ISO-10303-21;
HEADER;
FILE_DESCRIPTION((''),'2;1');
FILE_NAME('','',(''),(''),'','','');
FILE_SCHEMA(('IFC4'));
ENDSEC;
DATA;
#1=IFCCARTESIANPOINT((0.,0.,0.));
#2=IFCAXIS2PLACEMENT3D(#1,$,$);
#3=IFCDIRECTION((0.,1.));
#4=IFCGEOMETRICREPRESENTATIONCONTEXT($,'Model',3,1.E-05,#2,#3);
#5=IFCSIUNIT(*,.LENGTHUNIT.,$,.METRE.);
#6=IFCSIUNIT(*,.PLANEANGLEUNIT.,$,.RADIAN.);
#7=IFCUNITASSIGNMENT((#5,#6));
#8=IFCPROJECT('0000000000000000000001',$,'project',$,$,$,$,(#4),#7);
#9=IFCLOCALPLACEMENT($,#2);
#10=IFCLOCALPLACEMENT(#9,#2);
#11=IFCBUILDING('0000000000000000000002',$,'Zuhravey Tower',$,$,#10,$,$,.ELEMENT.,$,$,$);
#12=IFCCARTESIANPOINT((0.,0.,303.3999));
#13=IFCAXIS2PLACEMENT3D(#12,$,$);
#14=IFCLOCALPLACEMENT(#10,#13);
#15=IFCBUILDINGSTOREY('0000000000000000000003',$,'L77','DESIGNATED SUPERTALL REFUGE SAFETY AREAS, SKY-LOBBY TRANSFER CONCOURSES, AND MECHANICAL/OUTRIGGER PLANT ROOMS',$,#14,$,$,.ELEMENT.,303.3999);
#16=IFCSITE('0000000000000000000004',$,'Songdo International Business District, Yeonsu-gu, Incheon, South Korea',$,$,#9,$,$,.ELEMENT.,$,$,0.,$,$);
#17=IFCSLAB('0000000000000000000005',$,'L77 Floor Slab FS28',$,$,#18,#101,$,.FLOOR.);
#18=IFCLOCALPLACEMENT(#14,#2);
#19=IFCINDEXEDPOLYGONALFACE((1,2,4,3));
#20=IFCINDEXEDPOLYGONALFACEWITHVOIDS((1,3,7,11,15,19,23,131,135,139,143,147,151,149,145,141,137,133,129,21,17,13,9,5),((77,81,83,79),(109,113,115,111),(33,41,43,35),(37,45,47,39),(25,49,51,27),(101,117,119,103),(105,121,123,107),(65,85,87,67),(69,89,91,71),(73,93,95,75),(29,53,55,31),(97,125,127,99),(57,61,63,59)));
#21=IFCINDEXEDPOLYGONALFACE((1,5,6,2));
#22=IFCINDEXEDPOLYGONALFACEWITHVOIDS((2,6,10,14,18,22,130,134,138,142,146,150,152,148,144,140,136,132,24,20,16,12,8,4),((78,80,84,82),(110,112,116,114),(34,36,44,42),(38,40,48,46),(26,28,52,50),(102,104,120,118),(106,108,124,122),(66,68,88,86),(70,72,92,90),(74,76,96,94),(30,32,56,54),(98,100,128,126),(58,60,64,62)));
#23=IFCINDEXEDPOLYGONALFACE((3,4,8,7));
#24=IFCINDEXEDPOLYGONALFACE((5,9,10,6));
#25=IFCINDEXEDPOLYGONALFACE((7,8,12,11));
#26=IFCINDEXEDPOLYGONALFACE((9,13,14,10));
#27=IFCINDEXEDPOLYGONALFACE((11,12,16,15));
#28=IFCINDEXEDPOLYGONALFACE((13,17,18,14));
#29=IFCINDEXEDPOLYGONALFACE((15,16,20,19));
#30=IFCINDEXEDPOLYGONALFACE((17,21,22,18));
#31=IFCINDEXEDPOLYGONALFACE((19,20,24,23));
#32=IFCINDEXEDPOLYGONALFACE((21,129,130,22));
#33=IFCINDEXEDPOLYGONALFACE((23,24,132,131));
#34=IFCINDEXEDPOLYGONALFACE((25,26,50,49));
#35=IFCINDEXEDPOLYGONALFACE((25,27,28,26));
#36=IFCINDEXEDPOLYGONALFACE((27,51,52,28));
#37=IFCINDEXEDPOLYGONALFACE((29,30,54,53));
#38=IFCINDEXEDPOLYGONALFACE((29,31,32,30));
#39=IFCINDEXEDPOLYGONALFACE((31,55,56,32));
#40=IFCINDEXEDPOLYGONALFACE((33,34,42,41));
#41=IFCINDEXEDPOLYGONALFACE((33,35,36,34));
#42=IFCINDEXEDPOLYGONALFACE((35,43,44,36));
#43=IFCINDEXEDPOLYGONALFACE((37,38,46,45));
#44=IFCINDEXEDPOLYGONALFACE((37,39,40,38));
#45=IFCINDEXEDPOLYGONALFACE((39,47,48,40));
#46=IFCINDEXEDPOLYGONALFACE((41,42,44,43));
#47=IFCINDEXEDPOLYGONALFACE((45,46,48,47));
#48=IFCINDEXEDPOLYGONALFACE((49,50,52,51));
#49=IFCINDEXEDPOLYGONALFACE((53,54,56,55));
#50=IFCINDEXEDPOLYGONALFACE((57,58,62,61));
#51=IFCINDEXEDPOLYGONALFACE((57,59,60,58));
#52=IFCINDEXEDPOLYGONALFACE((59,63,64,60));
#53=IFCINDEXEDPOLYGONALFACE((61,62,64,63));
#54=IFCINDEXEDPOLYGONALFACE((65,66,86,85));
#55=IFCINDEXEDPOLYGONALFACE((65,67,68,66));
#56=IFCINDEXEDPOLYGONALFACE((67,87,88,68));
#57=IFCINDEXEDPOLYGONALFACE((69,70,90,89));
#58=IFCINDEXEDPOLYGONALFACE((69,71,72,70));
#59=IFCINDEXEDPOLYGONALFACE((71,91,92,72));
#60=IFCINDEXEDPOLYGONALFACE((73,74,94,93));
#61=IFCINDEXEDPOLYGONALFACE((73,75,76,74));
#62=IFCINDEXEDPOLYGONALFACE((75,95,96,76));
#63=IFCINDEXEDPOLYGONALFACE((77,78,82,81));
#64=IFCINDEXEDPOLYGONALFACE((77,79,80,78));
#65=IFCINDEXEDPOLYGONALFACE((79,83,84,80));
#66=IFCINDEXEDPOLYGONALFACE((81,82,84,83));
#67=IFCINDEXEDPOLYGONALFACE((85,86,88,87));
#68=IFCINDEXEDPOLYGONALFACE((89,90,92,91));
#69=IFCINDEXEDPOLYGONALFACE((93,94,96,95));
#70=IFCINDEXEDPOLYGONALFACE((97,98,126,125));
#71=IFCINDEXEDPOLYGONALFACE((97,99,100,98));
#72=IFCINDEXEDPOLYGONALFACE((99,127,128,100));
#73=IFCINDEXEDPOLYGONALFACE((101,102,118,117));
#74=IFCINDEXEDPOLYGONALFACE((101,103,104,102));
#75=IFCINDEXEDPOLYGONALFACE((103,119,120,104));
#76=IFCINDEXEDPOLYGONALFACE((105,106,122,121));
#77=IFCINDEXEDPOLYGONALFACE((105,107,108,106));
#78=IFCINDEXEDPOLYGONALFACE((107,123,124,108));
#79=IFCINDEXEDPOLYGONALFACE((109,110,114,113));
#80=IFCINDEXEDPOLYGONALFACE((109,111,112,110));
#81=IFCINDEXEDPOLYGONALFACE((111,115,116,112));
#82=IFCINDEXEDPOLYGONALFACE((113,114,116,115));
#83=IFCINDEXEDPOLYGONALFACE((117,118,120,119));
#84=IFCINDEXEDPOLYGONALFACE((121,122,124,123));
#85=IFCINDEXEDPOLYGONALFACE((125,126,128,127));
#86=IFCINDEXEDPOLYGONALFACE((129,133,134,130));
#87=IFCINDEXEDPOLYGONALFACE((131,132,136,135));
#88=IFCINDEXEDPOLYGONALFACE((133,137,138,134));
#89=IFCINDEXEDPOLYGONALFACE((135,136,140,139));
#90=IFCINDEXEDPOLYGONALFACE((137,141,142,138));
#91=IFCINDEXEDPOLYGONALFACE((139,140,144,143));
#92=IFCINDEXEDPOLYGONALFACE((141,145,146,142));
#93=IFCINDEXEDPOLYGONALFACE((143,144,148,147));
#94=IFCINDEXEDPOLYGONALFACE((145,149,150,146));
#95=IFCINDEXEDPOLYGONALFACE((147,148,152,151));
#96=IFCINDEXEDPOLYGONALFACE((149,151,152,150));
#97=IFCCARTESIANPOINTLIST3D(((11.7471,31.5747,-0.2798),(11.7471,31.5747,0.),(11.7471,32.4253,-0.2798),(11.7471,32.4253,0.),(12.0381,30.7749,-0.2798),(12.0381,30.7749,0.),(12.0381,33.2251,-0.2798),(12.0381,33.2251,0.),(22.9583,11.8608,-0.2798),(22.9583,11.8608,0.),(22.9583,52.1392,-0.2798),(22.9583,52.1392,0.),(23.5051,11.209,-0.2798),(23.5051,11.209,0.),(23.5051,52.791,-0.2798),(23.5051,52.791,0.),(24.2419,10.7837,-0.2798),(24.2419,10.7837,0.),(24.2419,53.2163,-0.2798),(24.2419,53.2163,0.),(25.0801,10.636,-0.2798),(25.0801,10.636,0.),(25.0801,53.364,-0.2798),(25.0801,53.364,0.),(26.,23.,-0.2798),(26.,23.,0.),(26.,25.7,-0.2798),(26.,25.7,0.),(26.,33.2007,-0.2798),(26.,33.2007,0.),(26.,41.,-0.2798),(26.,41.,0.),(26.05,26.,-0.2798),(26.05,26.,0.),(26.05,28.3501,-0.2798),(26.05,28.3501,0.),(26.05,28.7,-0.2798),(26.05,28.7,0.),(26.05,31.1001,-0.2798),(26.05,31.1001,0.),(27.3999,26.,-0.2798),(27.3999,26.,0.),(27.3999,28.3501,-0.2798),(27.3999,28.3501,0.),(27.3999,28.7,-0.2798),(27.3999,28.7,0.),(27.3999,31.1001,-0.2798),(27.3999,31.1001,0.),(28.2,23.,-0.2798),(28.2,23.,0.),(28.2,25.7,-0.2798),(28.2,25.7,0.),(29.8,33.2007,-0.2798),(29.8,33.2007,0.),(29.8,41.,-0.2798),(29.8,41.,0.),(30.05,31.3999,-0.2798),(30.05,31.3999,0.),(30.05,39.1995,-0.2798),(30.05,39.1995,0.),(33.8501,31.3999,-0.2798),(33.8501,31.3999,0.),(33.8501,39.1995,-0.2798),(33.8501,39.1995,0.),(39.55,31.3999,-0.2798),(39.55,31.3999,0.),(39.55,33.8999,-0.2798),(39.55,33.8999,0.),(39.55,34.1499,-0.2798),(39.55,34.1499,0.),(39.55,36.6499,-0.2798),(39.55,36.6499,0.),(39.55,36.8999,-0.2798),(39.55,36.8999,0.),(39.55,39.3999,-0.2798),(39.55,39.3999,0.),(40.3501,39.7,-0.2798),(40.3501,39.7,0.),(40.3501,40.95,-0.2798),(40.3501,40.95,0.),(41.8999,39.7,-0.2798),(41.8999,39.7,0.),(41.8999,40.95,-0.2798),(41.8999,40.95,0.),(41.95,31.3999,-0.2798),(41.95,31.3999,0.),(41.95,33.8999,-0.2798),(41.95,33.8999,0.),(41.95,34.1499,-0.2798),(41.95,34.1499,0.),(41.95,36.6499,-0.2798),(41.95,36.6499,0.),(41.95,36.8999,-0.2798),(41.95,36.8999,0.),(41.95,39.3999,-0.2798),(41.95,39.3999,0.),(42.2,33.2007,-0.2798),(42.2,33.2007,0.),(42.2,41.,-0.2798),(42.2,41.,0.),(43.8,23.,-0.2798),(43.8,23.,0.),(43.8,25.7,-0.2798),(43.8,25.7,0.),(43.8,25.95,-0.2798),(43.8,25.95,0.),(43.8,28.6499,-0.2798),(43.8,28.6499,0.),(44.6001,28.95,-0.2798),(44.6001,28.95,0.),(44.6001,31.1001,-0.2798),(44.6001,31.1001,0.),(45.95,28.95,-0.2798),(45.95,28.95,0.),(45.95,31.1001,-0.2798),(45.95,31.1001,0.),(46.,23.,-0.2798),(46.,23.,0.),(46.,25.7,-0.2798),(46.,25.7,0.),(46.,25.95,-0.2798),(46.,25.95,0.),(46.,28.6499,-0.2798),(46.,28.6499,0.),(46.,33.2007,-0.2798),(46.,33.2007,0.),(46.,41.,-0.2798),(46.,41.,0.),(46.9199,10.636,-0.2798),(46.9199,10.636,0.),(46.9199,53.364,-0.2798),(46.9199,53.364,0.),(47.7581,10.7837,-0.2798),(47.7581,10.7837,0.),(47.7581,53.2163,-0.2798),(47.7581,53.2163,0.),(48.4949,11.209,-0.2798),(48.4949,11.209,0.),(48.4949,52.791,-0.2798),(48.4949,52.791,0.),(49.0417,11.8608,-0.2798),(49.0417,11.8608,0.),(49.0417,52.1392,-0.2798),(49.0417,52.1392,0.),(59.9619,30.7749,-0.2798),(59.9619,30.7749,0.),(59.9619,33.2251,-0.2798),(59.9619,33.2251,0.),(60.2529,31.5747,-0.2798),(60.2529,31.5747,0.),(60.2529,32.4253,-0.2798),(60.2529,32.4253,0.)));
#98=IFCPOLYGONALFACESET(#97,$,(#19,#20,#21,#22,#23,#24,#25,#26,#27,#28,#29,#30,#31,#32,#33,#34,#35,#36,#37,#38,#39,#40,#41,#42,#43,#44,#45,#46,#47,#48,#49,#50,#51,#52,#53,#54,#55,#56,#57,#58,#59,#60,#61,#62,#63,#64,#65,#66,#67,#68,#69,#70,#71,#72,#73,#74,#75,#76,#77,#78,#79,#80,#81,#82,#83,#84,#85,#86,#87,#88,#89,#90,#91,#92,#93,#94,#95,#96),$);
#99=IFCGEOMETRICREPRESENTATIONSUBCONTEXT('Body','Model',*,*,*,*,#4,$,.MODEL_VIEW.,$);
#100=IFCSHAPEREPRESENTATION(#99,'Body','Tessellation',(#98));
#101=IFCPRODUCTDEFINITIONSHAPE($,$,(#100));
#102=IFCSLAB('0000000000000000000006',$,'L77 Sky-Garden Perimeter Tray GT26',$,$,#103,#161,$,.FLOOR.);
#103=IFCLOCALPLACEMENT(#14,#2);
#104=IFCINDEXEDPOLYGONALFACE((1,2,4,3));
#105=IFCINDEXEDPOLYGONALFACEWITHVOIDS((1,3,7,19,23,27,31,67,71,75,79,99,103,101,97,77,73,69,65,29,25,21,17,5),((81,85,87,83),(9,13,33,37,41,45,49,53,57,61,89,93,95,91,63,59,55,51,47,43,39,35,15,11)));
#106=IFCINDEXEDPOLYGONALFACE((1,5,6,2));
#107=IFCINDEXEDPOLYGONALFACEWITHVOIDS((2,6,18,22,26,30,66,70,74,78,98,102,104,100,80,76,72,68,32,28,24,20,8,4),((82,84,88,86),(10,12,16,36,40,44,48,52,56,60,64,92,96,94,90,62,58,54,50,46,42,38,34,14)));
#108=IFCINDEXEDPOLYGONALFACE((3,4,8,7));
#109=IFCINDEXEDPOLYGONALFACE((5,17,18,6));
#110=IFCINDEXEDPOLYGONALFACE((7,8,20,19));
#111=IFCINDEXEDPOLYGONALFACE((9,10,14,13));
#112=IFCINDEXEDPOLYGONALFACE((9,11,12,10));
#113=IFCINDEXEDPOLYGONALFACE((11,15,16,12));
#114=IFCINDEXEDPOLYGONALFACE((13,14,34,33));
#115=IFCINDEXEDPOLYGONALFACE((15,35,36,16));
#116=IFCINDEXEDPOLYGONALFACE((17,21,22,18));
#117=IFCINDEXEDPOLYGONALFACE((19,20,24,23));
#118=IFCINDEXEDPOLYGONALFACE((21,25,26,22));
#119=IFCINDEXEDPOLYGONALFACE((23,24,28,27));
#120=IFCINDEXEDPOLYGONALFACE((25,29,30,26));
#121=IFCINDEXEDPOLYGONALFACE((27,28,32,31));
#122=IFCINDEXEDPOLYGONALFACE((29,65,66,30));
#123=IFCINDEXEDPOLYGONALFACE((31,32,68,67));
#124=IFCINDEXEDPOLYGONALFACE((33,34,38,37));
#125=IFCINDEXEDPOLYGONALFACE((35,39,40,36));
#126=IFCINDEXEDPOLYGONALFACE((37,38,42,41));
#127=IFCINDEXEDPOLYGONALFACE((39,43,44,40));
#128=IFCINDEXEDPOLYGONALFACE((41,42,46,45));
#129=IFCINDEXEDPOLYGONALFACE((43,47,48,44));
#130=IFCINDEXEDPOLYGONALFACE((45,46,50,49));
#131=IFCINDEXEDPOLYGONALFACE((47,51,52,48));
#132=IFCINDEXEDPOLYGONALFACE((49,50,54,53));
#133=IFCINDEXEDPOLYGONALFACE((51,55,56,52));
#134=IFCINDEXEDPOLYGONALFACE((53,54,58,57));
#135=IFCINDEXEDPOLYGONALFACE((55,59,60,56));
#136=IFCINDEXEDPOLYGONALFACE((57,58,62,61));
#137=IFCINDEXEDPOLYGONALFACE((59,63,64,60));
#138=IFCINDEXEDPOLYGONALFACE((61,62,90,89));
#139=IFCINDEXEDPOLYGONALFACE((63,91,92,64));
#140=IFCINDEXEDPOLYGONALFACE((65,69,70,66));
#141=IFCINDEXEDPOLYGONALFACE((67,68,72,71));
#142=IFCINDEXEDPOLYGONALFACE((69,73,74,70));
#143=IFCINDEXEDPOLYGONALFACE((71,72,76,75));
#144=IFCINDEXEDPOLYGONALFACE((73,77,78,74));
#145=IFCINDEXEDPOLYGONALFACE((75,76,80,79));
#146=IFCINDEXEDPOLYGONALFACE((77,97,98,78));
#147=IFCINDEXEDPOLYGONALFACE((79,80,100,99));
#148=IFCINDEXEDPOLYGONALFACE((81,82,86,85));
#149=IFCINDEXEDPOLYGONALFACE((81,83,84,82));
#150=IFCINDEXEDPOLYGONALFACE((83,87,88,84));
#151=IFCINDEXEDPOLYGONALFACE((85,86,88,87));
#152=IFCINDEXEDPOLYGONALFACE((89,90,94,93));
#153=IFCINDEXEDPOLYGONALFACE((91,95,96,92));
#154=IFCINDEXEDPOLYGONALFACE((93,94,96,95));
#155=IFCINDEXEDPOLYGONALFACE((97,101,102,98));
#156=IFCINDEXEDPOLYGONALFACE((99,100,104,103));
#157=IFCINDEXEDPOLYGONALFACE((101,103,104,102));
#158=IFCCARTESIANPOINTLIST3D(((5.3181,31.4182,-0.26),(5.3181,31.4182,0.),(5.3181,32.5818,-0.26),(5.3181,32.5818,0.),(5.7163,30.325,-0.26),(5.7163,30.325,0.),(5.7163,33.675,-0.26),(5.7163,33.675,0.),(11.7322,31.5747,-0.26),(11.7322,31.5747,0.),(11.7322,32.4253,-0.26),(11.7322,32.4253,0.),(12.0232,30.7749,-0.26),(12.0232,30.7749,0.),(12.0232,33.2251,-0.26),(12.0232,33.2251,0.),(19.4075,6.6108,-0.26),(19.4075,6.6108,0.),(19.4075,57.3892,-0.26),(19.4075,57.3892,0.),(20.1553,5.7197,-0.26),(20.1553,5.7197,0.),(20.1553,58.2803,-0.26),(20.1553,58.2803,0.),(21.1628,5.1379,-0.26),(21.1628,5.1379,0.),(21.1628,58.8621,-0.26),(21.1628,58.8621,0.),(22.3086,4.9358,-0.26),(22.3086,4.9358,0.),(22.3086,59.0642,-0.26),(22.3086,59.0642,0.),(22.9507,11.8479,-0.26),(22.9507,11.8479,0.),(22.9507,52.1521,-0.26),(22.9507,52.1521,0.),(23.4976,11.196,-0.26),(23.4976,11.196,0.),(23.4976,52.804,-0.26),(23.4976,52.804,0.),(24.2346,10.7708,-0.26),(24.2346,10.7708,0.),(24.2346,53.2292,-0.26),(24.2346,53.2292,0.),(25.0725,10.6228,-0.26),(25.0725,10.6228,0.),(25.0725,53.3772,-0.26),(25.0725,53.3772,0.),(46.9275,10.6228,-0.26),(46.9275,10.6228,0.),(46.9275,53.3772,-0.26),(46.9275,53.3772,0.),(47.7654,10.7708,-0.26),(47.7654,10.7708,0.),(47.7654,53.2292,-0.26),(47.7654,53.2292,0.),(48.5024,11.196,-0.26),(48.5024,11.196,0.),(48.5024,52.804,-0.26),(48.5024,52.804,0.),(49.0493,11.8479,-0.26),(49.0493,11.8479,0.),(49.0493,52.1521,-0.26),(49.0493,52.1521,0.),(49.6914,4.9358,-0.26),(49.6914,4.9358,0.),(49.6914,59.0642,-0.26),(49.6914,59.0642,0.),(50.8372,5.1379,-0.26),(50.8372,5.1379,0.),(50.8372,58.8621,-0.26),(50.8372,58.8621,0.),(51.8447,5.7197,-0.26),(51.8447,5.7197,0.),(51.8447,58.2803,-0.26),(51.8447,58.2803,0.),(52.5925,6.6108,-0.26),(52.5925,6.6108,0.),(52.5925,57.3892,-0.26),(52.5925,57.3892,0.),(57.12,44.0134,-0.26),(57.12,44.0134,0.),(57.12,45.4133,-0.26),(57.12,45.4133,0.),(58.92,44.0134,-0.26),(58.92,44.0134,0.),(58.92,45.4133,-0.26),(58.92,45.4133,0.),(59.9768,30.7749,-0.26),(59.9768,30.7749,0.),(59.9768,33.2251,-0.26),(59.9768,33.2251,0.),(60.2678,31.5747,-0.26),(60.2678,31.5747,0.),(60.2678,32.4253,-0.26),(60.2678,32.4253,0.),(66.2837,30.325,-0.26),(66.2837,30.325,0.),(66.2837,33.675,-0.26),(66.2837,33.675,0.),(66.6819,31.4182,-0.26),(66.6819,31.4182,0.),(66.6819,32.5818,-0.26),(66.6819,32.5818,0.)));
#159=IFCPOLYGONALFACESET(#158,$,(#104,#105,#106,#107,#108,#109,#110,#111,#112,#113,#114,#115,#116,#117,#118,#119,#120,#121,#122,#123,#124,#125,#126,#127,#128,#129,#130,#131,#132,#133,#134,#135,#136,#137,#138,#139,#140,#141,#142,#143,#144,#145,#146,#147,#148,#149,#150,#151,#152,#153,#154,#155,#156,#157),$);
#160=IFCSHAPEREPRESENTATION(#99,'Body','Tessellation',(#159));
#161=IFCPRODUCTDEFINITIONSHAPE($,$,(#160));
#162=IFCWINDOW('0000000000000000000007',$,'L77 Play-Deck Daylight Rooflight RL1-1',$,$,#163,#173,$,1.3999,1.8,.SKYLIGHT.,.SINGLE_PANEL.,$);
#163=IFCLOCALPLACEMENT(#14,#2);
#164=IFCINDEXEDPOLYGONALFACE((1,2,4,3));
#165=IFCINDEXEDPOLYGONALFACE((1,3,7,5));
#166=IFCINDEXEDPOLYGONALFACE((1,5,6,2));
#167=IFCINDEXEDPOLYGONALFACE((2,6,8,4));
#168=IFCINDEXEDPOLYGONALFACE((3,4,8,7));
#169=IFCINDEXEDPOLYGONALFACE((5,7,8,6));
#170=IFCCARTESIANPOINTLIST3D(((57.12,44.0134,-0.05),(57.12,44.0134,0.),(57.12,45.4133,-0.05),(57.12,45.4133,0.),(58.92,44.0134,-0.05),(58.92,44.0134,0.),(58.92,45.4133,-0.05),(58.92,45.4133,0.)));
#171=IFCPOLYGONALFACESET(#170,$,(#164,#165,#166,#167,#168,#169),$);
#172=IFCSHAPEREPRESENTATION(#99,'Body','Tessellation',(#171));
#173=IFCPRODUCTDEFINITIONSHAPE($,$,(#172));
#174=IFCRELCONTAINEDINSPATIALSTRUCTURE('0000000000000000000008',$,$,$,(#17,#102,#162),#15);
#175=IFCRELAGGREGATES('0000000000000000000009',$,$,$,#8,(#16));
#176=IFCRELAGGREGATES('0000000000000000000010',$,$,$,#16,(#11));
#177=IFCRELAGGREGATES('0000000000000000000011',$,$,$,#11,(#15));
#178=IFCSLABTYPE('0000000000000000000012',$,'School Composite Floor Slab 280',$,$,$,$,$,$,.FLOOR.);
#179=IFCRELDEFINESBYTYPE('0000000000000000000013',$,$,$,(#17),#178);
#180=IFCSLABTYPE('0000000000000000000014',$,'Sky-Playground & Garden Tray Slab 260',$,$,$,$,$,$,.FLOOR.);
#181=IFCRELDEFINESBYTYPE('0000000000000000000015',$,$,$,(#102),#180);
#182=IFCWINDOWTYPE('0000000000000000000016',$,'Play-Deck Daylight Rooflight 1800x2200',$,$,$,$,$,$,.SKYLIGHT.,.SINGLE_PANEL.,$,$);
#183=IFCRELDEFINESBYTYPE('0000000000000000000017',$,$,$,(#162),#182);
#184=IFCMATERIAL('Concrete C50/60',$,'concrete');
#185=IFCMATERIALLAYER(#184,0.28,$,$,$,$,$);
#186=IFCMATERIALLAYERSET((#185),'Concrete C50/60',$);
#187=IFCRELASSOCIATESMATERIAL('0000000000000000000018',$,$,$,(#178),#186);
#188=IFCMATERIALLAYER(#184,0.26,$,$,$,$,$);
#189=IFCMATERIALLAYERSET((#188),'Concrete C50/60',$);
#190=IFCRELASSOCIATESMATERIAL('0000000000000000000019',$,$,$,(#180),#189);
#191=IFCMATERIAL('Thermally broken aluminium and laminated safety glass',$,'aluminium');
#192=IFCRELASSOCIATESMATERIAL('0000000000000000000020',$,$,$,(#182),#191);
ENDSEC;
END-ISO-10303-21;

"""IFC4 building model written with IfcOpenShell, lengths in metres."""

from ifc_helpers import new_model, si_unit, direction, frame, origin, origin_2d, place, context, subcontext, project, spatial, polyline, rectangle, outline, extrude, material, layer, layer_set, type_object, element, fill, save


model = new_model("IFC4")

# Units and contexts
model_context = context("Model", 3, precision=1e-05, world=origin(), true_north=direction((0.0, 1.0)))
body_context = subcontext(model_context, "Body", "Model", "MODEL_VIEW")
ifc_project = project(units=[si_unit("LENGTHUNIT", "METRE"), si_unit("PLANEANGLEUNIT", "RADIAN")], contexts=[model_context])

# Site, building, storey
site_placement = place(None, origin())
site = spatial("IfcSite", under=ifc_project, at=site_placement, Name="Songdo International Business District, Yeonsu-gu, Incheon, South Korea", CompositionType="ELEMENT", RefElevation=0.0)
building_placement = place(site_placement, origin())
building = spatial("IfcBuilding", under=site, at=building_placement, Name="Zuhravey Tower", CompositionType="ELEMENT")
storey_placement = place(building_placement, frame((0.0, 0.0, 303.3999)))
storey = spatial("IfcBuildingStorey", under=building, at=storey_placement, Name="L77", Description="DESIGNATED SUPERTALL REFUGE SAFETY AREAS, SKY-LOBBY TRANSFER CONCOURSES, AND MECHANICAL/OUTRIGGER PLANT ROOMS", CompositionType="ELEMENT", Elevation=303.3999)

# Shared definitions
ifc_material_1 = material(Name="Concrete C50/60", Category="concrete")

# Slab
ifc_layer_1 = layer(ifc_material_1, 0.28)
ifc_layer_set_1 = layer_set([ifc_layer_1], Name="Concrete C50/60")
slab_type_1 = type_object("IfcSlabType", Name="School Composite Floor Slab 280", PredefinedType="FLOOR", material=ifc_layer_set_1)
slab_1_placement = place(storey_placement, frame((0.0, 0.0, -0.2798)))
element("IfcSlab", 1, at=slab_1_placement, inside=storey, type_object=slab_type_1, Name="L77 Floor Slab FS28", PredefinedType="FLOOR", context=body_context, shape_type="SweptSolid", body=[
    extrude(outline(polyline([(59.9619, 30.7749), (60.2529, 31.5747), (60.2529, 32.4253), (59.9619, 33.2251), (49.0417, 52.1392), (48.4949, 52.791), (47.7581, 53.2163), (46.9199, 53.364), (25.0801, 53.364), (24.2419, 53.2163), (23.5051, 52.791), (22.9583, 52.1392), (12.0381, 33.2251), (11.7471, 32.4253), (11.7471, 31.5747), (12.0381, 30.7749), (22.9583, 11.8608), (23.5051, 11.209), (24.2419, 10.7837), (25.0801, 10.636), (46.9199, 10.636), (47.7581, 10.7837), (48.4949, 11.209), (49.0417, 11.8608), (59.9619, 30.7749)]), holes=[polyline([(29.8, 33.2007), (29.8, 41.0), (26.0, 41.0), (26.0, 33.2007), (29.8, 33.2007)]), polyline([(46.0, 33.2007), (46.0, 41.0), (42.2, 41.0), (42.2, 33.2007), (46.0, 33.2007)]), polyline([(30.05, 39.1995), (30.05, 31.3999), (33.8501, 31.3999), (33.8501, 39.1995), (30.05, 39.1995)]), polyline([(39.55, 31.3999), (41.95, 31.3999), (41.95, 33.8999), (39.55, 33.8999), (39.55, 31.3999)]), polyline([(39.55, 34.1499), (41.95, 34.1499), (41.95, 36.6499), (39.55, 36.6499), (39.55, 34.1499)]), polyline([(39.55, 36.8999), (41.95, 36.8999), (41.95, 39.3999), (39.55, 39.3999), (39.55, 36.8999)]), polyline([(26.0, 23.0), (28.2, 23.0), (28.2, 25.7), (26.0, 25.7), (26.0, 23.0)]), polyline([(43.8, 23.0), (46.0, 23.0), (46.0, 25.7), (43.8, 25.7), (43.8, 23.0)]), polyline([(43.8, 25.95), (46.0, 25.95), (46.0, 28.6499), (43.8, 28.6499), (43.8, 25.95)]), polyline([(26.05, 26.0), (27.3999, 26.0), (27.3999, 28.3501), (26.05, 28.3501), (26.05, 26.0)]), polyline([(26.05, 28.7), (27.3999, 28.7), (27.3999, 31.1001), (26.05, 31.1001), (26.05, 28.7)]), polyline([(44.6001, 28.95), (45.95, 28.95), (45.95, 31.1001), (44.6001, 31.1001), (44.6001, 28.95)]), polyline([(40.3501, 39.7), (41.8999, 39.7), (41.8999, 40.95), (40.3501, 40.95), (40.3501, 39.7)])]), origin(), (0.0, 0.0, 1.0), 0.2798),
])

# Slab, opening, window
ifc_layer_2 = layer(ifc_material_1, 0.26)
ifc_layer_set_2 = layer_set([ifc_layer_2], Name="Concrete C50/60")
slab_type_2 = type_object("IfcSlabType", Name="Sky-Playground & Garden Tray Slab 260", PredefinedType="FLOOR", material=ifc_layer_set_2)
slab_2_placement = place(storey_placement, frame((0.0, 0.0, -0.26)))
slab_2 = element("IfcSlab", 2, at=slab_2_placement, inside=storey, type_object=slab_type_2, Name="L77 Sky-Garden Perimeter Tray GT26", PredefinedType="FLOOR", context=body_context, shape_type="SweptSolid", body=[
    extrude(outline(polyline([(66.2837, 30.325), (66.6819, 31.4182), (66.6819, 32.5818), (66.2837, 33.675), (52.5925, 57.3892), (51.8447, 58.2803), (50.8372, 58.8621), (49.6914, 59.0642), (22.3086, 59.0642), (21.1628, 58.8621), (20.1553, 58.2803), (19.4075, 57.3892), (5.7163, 33.675), (5.3181, 32.5818), (5.3181, 31.4182), (5.7163, 30.325), (19.4075, 6.6108), (20.1553, 5.7197), (21.1628, 5.1379), (22.3086, 4.9358), (49.6914, 4.9358), (50.8372, 5.1379), (51.8447, 5.7197), (52.5925, 6.6108), (66.2837, 30.325)]), holes=[polyline([(59.9768, 30.7749), (60.2678, 31.5747), (60.2678, 32.4253), (59.9768, 33.2251), (49.0493, 52.1521), (48.5024, 52.804), (47.7654, 53.2292), (46.9275, 53.3772), (25.0725, 53.3772), (24.2346, 53.2292), (23.4976, 52.804), (22.9507, 52.1521), (12.0232, 33.2251), (11.7322, 32.4253), (11.7322, 31.5747), (12.0232, 30.7749), (22.9507, 11.8479), (23.4976, 11.196), (24.2346, 10.7708), (25.0725, 10.6228), (46.9275, 10.6228), (47.7654, 10.7708), (48.5024, 11.196), (49.0493, 11.8479), (59.9768, 30.7749)])]), origin(), (0.0, 0.0, 1.0), 0.26),
])
opening_placement = place(slab_2_placement, frame((58.02, 44.7134, 0.0)))
opening = element("IfcOpeningElement", 3, at=opening_placement, cuts=slab_2, PredefinedType="OPENING", context=body_context, shape_type="SweptSolid", body=[
    extrude(rectangle(XDim=1.8, YDim=1.3999, at=origin_2d()), origin(), (0.0, 0.0, 1.0), 0.26),
])
ifc_material_2 = material(Name="Thermally broken aluminium and laminated safety glass", Category="aluminium")
window_type = type_object("IfcWindowType", Name="Play-Deck Daylight Rooflight 1800x2200", PartitioningType="SINGLE_PANEL", PredefinedType="SKYLIGHT", material=ifc_material_2)
window_placement = place(opening_placement, frame((0.0, 0.0, 0.21)))
window = element("IfcWindow", 4, at=window_placement, inside=storey, type_object=window_type, Name="L77 Play-Deck Daylight Rooflight RL1-1", OverallHeight=1.3999, OverallWidth=1.8, PartitioningType="SINGLE_PANEL", PredefinedType="SKYLIGHT", context=body_context, shape_type="SweptSolid", body=[
    extrude(rectangle(XDim=1.8, YDim=1.3999, at=origin_2d()), origin(), (0.0, 0.0, 1.0), 0.05),
])
fill(opening, window)

save(model, "model.ifc")
